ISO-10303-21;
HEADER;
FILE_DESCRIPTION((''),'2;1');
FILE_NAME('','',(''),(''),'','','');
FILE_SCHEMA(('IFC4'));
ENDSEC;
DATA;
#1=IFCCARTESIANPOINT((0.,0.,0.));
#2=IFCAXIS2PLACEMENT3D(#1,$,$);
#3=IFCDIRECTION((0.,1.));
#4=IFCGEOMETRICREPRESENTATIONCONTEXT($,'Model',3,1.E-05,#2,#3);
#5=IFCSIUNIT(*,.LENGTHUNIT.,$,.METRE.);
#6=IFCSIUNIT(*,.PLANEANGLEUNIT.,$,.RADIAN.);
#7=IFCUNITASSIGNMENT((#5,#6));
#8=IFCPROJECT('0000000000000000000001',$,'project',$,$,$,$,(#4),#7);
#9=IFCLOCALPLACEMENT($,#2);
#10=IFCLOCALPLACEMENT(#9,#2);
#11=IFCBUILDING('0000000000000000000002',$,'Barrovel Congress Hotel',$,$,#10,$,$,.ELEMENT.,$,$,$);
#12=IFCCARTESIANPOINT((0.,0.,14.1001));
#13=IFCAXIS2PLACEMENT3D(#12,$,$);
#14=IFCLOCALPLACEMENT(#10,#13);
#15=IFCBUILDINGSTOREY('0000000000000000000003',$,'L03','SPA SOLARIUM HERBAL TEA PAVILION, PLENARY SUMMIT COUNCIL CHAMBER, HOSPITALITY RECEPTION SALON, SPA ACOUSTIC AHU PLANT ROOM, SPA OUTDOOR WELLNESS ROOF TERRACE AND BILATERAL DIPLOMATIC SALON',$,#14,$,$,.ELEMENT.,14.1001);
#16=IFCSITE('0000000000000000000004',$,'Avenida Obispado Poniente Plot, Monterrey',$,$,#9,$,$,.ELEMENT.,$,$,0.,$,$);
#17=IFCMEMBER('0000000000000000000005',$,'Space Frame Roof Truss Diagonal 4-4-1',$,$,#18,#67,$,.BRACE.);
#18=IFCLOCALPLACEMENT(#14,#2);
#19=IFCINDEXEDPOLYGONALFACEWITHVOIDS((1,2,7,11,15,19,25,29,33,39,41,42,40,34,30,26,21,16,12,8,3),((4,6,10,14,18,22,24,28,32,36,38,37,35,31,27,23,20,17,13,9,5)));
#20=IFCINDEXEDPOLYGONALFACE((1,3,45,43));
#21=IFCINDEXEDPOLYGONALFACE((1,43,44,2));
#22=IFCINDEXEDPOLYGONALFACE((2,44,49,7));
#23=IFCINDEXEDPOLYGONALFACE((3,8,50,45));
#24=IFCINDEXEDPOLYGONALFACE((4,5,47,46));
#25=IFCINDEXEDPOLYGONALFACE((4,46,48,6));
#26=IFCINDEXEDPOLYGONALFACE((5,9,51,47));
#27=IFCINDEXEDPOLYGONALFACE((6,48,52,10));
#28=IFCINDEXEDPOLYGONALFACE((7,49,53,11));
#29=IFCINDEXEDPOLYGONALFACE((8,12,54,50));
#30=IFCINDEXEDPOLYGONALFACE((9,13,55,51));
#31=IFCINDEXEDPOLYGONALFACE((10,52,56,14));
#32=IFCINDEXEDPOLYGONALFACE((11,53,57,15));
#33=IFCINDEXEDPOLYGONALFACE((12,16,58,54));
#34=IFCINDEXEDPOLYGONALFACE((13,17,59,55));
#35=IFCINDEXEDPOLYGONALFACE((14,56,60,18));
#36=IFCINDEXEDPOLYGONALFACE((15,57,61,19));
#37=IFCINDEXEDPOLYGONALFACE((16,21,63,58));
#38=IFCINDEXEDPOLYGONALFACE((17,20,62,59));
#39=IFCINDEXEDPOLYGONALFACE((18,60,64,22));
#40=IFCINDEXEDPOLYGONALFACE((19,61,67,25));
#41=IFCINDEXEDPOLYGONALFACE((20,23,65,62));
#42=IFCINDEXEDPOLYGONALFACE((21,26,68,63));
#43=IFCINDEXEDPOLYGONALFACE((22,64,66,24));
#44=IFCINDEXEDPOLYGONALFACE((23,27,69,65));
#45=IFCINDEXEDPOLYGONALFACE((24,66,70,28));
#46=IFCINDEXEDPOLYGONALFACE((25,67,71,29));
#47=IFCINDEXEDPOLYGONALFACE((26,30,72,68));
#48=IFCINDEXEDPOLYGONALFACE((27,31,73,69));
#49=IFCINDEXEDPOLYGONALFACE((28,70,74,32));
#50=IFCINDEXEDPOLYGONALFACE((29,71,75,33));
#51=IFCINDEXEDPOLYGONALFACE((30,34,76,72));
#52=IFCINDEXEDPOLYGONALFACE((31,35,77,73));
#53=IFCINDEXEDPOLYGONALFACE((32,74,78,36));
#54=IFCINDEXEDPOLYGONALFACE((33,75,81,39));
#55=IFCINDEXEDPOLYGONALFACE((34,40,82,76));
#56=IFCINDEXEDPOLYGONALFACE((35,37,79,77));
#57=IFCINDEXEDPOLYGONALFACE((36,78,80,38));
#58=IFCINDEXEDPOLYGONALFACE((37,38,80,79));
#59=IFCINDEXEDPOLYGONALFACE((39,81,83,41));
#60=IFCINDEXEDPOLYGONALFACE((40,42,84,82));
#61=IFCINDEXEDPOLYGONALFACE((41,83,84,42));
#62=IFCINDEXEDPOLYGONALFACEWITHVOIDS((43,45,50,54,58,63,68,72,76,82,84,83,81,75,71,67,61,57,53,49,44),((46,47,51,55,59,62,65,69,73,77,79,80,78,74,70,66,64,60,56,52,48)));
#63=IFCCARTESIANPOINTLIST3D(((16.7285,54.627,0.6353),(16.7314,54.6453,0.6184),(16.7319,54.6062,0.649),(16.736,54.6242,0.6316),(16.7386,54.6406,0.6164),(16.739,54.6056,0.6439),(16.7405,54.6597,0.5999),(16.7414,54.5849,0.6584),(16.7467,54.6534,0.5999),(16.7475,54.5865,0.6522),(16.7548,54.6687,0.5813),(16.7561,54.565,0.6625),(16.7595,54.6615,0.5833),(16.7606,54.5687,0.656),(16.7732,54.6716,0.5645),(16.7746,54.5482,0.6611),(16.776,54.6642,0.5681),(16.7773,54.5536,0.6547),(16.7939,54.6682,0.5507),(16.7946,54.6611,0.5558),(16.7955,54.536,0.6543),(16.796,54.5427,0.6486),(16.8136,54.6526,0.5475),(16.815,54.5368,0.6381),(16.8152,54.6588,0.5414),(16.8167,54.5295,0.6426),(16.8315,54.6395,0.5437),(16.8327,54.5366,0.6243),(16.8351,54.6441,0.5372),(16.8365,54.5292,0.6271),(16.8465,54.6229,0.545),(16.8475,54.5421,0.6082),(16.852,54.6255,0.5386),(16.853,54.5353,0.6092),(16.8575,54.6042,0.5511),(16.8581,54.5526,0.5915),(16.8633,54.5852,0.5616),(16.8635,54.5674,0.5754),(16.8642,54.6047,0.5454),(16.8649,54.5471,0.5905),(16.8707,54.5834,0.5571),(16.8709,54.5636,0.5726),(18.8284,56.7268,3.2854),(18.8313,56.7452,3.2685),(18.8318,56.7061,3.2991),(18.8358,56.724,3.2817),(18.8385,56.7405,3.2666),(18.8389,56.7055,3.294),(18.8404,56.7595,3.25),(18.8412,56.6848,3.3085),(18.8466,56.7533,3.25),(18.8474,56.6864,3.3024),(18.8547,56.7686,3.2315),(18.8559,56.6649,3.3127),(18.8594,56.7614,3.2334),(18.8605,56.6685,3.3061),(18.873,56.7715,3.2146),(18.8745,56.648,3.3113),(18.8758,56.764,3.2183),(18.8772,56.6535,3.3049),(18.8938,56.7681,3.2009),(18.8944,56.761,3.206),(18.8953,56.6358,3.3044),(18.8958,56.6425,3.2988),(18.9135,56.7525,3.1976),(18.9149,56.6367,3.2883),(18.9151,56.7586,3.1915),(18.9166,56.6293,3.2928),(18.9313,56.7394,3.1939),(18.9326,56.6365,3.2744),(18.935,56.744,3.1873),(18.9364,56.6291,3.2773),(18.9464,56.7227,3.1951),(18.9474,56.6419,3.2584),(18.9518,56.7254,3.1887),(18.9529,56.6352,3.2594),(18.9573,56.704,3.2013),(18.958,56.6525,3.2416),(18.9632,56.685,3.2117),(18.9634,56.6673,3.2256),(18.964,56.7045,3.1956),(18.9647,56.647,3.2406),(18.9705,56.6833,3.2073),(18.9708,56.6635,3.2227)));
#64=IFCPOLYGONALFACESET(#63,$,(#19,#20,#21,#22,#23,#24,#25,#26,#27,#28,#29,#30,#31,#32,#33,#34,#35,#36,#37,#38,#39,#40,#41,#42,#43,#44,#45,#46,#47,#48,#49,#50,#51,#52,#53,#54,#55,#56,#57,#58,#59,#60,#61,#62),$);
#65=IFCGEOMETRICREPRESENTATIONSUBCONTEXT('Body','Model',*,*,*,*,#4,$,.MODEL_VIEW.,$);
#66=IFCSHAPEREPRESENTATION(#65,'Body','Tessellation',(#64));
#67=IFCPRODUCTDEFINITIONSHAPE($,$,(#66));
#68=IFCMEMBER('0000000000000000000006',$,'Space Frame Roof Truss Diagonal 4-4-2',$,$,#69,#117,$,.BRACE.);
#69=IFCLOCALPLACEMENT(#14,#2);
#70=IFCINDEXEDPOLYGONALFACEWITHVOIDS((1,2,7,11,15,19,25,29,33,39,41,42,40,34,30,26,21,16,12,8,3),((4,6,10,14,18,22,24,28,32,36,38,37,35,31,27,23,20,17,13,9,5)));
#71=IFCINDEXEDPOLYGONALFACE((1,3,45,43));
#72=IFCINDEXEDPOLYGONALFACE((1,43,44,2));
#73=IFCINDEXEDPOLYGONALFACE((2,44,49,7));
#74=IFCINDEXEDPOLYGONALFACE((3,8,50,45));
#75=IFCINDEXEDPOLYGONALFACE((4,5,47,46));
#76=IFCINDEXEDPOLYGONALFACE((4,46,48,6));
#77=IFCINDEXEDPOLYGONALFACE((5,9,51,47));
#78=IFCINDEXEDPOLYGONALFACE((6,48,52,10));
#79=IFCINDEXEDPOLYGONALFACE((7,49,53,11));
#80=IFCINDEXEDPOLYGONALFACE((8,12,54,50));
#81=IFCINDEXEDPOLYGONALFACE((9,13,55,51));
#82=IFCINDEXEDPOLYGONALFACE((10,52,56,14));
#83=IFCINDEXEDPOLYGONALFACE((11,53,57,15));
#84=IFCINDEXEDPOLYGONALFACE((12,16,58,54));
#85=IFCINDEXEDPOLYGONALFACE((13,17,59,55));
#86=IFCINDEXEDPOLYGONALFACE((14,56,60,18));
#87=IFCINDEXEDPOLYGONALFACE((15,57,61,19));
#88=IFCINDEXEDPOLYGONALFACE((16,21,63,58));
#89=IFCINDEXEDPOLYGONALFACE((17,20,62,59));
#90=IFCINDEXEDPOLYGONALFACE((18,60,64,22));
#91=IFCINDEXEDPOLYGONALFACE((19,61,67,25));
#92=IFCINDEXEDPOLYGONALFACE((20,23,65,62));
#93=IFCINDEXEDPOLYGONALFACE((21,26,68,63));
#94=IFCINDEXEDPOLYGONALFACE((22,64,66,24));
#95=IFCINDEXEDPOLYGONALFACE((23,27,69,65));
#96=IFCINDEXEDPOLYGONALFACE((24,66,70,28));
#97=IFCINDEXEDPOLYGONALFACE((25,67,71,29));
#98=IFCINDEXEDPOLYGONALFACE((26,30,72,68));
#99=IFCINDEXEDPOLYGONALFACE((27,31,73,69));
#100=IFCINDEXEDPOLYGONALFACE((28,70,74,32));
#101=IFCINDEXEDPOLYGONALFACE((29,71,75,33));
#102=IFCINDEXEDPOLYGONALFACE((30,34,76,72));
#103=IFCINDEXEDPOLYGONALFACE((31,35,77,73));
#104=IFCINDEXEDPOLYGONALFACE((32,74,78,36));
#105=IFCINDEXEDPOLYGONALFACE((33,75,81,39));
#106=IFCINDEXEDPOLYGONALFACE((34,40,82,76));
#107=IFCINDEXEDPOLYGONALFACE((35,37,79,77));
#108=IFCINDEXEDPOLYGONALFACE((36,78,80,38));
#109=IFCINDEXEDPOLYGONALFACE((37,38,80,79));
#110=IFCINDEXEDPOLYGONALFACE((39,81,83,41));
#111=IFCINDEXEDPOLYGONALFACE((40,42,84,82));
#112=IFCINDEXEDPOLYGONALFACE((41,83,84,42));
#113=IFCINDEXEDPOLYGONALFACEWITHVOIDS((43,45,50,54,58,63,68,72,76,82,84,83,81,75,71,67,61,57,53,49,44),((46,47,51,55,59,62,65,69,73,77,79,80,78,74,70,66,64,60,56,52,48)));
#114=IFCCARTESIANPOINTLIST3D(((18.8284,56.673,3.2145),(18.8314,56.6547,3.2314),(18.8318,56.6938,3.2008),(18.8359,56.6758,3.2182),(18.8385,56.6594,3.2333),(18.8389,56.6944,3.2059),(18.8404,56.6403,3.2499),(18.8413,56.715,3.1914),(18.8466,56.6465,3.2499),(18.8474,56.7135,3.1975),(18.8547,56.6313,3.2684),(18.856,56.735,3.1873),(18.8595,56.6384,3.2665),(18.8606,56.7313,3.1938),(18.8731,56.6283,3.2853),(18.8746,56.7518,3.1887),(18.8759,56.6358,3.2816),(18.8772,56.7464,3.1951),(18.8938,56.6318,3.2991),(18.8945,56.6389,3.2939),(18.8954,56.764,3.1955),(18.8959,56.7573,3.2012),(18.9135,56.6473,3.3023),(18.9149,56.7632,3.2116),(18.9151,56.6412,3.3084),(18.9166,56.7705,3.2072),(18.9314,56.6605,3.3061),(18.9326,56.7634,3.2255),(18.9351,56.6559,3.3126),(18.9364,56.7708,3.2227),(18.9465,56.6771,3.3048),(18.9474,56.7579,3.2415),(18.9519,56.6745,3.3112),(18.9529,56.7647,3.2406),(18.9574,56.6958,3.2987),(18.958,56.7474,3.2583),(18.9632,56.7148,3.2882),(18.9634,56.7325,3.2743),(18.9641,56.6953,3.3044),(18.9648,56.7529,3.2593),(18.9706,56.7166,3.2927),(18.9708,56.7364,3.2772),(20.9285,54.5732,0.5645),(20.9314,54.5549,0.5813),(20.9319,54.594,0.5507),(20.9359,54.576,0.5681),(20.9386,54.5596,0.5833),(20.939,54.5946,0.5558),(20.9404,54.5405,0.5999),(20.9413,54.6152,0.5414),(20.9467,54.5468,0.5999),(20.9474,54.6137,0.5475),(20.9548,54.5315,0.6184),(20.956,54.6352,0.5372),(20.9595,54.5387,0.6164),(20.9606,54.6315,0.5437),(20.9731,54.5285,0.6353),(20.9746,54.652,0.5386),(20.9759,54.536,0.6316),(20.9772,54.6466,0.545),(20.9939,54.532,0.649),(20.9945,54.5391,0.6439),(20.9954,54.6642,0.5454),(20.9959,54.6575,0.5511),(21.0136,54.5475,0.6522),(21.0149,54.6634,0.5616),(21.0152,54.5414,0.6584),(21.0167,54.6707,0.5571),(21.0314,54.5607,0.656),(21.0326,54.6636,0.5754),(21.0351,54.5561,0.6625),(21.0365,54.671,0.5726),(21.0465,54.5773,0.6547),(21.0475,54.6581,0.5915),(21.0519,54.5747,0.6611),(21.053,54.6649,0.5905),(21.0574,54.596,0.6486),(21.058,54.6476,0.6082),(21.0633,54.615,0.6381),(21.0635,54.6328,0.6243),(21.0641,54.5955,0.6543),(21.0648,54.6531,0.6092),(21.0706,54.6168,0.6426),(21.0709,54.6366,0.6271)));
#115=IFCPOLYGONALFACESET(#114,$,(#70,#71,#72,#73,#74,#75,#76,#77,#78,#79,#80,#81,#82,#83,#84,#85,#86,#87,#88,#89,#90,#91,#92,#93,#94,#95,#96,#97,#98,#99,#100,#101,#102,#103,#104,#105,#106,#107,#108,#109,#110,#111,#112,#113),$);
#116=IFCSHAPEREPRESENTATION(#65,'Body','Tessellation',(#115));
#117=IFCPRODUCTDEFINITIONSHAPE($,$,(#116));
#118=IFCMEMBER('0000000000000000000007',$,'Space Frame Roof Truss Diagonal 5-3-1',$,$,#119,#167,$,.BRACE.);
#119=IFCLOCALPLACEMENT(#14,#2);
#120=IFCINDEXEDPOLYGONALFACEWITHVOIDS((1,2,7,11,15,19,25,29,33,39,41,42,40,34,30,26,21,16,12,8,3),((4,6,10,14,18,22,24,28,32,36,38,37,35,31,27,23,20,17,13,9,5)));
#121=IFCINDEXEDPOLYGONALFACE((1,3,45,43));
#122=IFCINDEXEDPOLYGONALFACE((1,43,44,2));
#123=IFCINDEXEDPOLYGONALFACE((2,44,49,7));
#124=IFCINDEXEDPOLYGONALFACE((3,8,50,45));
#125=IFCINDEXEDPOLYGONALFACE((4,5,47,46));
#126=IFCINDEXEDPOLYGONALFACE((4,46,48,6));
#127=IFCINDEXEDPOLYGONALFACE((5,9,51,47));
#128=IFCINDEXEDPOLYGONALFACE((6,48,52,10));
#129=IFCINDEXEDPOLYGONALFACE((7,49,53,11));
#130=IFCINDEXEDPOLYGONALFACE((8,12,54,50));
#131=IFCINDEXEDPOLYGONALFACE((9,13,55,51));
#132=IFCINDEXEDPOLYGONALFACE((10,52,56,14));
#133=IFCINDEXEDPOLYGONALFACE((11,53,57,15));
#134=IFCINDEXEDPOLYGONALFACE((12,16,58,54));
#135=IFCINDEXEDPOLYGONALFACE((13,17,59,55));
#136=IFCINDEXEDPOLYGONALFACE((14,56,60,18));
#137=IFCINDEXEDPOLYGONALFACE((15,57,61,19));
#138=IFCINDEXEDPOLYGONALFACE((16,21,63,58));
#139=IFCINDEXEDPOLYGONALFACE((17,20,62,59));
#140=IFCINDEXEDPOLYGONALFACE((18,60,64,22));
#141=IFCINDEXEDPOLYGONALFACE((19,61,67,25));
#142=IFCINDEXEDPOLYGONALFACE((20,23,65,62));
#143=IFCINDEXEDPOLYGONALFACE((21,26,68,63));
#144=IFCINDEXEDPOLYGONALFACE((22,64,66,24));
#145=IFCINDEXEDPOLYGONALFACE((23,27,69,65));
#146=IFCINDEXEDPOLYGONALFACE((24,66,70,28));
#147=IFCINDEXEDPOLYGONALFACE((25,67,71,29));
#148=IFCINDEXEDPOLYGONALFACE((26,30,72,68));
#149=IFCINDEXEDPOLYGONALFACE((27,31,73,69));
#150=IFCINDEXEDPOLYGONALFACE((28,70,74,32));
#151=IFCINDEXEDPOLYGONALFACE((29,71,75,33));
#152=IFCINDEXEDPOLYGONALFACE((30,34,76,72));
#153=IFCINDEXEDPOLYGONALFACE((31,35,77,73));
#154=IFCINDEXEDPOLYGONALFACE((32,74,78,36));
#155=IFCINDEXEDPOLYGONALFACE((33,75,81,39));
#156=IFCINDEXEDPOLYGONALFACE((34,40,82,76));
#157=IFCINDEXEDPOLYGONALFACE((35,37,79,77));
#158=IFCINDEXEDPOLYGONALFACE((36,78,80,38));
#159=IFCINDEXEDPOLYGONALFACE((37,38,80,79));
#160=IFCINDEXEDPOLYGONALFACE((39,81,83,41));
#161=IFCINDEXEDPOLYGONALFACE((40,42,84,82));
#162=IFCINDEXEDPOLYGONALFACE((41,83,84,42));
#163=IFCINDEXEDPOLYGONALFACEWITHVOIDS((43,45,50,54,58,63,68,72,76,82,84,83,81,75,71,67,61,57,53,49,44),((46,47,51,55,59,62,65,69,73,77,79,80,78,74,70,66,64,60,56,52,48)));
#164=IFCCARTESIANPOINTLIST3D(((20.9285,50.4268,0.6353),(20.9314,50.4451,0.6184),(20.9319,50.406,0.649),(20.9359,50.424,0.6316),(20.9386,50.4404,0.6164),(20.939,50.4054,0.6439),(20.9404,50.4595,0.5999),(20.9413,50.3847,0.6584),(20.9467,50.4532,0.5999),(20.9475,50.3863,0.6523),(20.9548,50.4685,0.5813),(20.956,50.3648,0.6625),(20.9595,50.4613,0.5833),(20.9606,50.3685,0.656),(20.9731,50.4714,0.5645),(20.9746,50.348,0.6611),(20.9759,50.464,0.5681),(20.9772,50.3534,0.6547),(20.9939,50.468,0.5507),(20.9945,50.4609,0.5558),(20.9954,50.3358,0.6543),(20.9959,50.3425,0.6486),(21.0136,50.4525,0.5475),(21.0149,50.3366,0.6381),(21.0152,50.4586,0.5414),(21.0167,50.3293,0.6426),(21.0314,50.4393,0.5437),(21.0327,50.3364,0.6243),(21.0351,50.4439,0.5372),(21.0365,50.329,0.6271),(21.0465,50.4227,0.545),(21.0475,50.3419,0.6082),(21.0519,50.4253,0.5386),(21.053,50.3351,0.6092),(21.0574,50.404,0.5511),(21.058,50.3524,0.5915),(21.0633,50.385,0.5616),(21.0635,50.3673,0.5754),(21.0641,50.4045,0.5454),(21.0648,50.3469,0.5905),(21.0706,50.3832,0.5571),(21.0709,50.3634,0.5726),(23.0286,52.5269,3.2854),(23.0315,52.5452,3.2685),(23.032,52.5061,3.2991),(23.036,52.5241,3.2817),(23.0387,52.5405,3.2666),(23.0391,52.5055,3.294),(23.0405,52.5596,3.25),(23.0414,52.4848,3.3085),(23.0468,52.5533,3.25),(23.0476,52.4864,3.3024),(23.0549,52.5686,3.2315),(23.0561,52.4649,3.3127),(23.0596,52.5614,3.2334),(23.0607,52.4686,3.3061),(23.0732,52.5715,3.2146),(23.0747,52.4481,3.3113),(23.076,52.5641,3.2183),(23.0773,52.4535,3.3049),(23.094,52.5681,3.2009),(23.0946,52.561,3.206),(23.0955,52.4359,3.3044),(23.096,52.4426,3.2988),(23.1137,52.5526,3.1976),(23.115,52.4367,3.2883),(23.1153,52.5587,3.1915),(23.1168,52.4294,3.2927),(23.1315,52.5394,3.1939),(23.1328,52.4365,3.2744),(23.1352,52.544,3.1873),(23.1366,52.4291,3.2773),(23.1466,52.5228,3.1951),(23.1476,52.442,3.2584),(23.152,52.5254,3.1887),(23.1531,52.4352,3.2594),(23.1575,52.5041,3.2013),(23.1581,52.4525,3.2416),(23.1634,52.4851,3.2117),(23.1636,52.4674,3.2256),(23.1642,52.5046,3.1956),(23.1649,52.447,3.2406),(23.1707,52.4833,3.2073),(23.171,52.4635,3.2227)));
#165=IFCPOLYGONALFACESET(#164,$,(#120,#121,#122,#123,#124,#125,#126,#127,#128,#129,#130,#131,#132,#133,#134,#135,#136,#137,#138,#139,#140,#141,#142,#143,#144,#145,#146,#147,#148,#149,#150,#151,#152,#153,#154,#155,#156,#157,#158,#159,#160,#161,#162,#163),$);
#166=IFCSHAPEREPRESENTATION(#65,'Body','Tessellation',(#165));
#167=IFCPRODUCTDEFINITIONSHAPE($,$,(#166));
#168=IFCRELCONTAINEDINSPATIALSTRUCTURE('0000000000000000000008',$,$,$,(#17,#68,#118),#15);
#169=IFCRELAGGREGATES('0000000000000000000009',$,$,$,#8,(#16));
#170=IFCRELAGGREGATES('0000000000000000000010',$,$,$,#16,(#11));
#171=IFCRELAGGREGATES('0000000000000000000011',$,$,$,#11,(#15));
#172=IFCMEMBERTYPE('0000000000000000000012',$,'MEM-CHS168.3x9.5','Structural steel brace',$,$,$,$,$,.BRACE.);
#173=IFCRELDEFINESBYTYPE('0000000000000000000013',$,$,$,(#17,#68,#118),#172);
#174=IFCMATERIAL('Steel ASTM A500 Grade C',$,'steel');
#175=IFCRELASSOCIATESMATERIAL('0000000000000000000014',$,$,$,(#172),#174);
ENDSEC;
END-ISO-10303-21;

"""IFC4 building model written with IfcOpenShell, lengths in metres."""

from ifc_helpers import new_model, si_unit, direction, frame, origin, origin_2d, place, context, subcontext, project, spatial, hollow_circle, extrude, material, material_profile, profile_set, type_object, element, save


model = new_model("IFC4")

# Units and contexts
model_context = context("Model", 3, precision=1e-05, world=origin(), true_north=direction((0.0, 1.0)))
body_context = subcontext(model_context, "Body", "Model", "MODEL_VIEW")
ifc_project = project(units=[si_unit("LENGTHUNIT", "METRE"), si_unit("PLANEANGLEUNIT", "RADIAN")], contexts=[model_context])

# Site, building, storey
site_placement = place(None, origin())
site = spatial("IfcSite", under=ifc_project, at=site_placement, Name="Avenida Obispado Poniente Plot, Monterrey", CompositionType="ELEMENT", RefElevation=0.0)
building_placement = place(site_placement, origin())
building = spatial("IfcBuilding", under=site, at=building_placement, Name="Barrovel Congress Hotel", CompositionType="ELEMENT")
storey_placement = place(building_placement, frame((0.0, 0.0, 14.1001)))
storey = spatial("IfcBuildingStorey", under=building, at=storey_placement, Name="L03", Description="SPA SOLARIUM HERBAL TEA PAVILION, PLENARY SUMMIT COUNCIL CHAMBER, HOSPITALITY RECEPTION SALON, SPA ACOUSTIC AHU PLANT ROOM, SPA OUTDOOR WELLNESS ROOF TERRACE AND BILATERAL DIPLOMATIC SALON", CompositionType="ELEMENT", Elevation=14.1001)

# Members
ifc_material_1 = material(Name="Steel ASTM A500 Grade C", Category="steel")
ifc_material_profile_1 = material_profile(ifc_material_1, hollow_circle(Radius=0.0842, WallThickness=0.0088, at=origin_2d()), Name="CHS168.3x9.5")
ifc_profile_set_1 = profile_set([ifc_material_profile_1], Name="Steel ASTM A500 Grade C")
member_type_1 = type_object("IfcMemberType", Name="MEM-CHS168.3x9.5", Description="Structural steel brace", PredefinedType="BRACE", material=ifc_profile_set_1)
for number, where, z_axis, x_axis, name in (
    (1, (16.8, 54.6001, 0.5999), (0.527574, 0.527574, 0.665831), (-0.707107, 0.707107, 0.0), "Space Frame Roof Truss Diagonal 4-4-1"),
    (2, (21.0, 54.6001, 0.5999), (-0.527618, 0.527557, 0.66581), (-0.707066, -0.707148, 0.0), "Space Frame Roof Truss Diagonal 4-4-2"),
):
    element("IfcMember", number, at=place(storey_placement, frame(where, z_axis=z_axis, x_axis=x_axis)), inside=storey, type_object=member_type_1, Name=name, PredefinedType="BRACE", context=body_context, shape_type="SweptSolid", body=[
        extrude(hollow_circle(Radius=0.0842, WallThickness=0.0088, at=origin_2d()), origin(), (0.0, 0.0, 1.0), 3.9802),
    ])
member_1_placement = place(storey_placement, frame((21.0, 50.3999, 0.5999), z_axis=(0.527601, 0.527601, 0.665788), x_axis=(-0.707107, 0.707107, 0.0)))
element("IfcMember", 3, at=member_1_placement, inside=storey, type_object=member_type_1, Name="Space Frame Roof Truss Diagonal 5-3-1", PredefinedType="BRACE", context=body_context, shape_type="SweptSolid", body=[
    extrude(hollow_circle(Radius=0.0842, WallThickness=0.0088, at=origin_2d()), origin(), (0.0, 0.0, 1.0), 3.9805),
])

save(model, "model.ifc")
